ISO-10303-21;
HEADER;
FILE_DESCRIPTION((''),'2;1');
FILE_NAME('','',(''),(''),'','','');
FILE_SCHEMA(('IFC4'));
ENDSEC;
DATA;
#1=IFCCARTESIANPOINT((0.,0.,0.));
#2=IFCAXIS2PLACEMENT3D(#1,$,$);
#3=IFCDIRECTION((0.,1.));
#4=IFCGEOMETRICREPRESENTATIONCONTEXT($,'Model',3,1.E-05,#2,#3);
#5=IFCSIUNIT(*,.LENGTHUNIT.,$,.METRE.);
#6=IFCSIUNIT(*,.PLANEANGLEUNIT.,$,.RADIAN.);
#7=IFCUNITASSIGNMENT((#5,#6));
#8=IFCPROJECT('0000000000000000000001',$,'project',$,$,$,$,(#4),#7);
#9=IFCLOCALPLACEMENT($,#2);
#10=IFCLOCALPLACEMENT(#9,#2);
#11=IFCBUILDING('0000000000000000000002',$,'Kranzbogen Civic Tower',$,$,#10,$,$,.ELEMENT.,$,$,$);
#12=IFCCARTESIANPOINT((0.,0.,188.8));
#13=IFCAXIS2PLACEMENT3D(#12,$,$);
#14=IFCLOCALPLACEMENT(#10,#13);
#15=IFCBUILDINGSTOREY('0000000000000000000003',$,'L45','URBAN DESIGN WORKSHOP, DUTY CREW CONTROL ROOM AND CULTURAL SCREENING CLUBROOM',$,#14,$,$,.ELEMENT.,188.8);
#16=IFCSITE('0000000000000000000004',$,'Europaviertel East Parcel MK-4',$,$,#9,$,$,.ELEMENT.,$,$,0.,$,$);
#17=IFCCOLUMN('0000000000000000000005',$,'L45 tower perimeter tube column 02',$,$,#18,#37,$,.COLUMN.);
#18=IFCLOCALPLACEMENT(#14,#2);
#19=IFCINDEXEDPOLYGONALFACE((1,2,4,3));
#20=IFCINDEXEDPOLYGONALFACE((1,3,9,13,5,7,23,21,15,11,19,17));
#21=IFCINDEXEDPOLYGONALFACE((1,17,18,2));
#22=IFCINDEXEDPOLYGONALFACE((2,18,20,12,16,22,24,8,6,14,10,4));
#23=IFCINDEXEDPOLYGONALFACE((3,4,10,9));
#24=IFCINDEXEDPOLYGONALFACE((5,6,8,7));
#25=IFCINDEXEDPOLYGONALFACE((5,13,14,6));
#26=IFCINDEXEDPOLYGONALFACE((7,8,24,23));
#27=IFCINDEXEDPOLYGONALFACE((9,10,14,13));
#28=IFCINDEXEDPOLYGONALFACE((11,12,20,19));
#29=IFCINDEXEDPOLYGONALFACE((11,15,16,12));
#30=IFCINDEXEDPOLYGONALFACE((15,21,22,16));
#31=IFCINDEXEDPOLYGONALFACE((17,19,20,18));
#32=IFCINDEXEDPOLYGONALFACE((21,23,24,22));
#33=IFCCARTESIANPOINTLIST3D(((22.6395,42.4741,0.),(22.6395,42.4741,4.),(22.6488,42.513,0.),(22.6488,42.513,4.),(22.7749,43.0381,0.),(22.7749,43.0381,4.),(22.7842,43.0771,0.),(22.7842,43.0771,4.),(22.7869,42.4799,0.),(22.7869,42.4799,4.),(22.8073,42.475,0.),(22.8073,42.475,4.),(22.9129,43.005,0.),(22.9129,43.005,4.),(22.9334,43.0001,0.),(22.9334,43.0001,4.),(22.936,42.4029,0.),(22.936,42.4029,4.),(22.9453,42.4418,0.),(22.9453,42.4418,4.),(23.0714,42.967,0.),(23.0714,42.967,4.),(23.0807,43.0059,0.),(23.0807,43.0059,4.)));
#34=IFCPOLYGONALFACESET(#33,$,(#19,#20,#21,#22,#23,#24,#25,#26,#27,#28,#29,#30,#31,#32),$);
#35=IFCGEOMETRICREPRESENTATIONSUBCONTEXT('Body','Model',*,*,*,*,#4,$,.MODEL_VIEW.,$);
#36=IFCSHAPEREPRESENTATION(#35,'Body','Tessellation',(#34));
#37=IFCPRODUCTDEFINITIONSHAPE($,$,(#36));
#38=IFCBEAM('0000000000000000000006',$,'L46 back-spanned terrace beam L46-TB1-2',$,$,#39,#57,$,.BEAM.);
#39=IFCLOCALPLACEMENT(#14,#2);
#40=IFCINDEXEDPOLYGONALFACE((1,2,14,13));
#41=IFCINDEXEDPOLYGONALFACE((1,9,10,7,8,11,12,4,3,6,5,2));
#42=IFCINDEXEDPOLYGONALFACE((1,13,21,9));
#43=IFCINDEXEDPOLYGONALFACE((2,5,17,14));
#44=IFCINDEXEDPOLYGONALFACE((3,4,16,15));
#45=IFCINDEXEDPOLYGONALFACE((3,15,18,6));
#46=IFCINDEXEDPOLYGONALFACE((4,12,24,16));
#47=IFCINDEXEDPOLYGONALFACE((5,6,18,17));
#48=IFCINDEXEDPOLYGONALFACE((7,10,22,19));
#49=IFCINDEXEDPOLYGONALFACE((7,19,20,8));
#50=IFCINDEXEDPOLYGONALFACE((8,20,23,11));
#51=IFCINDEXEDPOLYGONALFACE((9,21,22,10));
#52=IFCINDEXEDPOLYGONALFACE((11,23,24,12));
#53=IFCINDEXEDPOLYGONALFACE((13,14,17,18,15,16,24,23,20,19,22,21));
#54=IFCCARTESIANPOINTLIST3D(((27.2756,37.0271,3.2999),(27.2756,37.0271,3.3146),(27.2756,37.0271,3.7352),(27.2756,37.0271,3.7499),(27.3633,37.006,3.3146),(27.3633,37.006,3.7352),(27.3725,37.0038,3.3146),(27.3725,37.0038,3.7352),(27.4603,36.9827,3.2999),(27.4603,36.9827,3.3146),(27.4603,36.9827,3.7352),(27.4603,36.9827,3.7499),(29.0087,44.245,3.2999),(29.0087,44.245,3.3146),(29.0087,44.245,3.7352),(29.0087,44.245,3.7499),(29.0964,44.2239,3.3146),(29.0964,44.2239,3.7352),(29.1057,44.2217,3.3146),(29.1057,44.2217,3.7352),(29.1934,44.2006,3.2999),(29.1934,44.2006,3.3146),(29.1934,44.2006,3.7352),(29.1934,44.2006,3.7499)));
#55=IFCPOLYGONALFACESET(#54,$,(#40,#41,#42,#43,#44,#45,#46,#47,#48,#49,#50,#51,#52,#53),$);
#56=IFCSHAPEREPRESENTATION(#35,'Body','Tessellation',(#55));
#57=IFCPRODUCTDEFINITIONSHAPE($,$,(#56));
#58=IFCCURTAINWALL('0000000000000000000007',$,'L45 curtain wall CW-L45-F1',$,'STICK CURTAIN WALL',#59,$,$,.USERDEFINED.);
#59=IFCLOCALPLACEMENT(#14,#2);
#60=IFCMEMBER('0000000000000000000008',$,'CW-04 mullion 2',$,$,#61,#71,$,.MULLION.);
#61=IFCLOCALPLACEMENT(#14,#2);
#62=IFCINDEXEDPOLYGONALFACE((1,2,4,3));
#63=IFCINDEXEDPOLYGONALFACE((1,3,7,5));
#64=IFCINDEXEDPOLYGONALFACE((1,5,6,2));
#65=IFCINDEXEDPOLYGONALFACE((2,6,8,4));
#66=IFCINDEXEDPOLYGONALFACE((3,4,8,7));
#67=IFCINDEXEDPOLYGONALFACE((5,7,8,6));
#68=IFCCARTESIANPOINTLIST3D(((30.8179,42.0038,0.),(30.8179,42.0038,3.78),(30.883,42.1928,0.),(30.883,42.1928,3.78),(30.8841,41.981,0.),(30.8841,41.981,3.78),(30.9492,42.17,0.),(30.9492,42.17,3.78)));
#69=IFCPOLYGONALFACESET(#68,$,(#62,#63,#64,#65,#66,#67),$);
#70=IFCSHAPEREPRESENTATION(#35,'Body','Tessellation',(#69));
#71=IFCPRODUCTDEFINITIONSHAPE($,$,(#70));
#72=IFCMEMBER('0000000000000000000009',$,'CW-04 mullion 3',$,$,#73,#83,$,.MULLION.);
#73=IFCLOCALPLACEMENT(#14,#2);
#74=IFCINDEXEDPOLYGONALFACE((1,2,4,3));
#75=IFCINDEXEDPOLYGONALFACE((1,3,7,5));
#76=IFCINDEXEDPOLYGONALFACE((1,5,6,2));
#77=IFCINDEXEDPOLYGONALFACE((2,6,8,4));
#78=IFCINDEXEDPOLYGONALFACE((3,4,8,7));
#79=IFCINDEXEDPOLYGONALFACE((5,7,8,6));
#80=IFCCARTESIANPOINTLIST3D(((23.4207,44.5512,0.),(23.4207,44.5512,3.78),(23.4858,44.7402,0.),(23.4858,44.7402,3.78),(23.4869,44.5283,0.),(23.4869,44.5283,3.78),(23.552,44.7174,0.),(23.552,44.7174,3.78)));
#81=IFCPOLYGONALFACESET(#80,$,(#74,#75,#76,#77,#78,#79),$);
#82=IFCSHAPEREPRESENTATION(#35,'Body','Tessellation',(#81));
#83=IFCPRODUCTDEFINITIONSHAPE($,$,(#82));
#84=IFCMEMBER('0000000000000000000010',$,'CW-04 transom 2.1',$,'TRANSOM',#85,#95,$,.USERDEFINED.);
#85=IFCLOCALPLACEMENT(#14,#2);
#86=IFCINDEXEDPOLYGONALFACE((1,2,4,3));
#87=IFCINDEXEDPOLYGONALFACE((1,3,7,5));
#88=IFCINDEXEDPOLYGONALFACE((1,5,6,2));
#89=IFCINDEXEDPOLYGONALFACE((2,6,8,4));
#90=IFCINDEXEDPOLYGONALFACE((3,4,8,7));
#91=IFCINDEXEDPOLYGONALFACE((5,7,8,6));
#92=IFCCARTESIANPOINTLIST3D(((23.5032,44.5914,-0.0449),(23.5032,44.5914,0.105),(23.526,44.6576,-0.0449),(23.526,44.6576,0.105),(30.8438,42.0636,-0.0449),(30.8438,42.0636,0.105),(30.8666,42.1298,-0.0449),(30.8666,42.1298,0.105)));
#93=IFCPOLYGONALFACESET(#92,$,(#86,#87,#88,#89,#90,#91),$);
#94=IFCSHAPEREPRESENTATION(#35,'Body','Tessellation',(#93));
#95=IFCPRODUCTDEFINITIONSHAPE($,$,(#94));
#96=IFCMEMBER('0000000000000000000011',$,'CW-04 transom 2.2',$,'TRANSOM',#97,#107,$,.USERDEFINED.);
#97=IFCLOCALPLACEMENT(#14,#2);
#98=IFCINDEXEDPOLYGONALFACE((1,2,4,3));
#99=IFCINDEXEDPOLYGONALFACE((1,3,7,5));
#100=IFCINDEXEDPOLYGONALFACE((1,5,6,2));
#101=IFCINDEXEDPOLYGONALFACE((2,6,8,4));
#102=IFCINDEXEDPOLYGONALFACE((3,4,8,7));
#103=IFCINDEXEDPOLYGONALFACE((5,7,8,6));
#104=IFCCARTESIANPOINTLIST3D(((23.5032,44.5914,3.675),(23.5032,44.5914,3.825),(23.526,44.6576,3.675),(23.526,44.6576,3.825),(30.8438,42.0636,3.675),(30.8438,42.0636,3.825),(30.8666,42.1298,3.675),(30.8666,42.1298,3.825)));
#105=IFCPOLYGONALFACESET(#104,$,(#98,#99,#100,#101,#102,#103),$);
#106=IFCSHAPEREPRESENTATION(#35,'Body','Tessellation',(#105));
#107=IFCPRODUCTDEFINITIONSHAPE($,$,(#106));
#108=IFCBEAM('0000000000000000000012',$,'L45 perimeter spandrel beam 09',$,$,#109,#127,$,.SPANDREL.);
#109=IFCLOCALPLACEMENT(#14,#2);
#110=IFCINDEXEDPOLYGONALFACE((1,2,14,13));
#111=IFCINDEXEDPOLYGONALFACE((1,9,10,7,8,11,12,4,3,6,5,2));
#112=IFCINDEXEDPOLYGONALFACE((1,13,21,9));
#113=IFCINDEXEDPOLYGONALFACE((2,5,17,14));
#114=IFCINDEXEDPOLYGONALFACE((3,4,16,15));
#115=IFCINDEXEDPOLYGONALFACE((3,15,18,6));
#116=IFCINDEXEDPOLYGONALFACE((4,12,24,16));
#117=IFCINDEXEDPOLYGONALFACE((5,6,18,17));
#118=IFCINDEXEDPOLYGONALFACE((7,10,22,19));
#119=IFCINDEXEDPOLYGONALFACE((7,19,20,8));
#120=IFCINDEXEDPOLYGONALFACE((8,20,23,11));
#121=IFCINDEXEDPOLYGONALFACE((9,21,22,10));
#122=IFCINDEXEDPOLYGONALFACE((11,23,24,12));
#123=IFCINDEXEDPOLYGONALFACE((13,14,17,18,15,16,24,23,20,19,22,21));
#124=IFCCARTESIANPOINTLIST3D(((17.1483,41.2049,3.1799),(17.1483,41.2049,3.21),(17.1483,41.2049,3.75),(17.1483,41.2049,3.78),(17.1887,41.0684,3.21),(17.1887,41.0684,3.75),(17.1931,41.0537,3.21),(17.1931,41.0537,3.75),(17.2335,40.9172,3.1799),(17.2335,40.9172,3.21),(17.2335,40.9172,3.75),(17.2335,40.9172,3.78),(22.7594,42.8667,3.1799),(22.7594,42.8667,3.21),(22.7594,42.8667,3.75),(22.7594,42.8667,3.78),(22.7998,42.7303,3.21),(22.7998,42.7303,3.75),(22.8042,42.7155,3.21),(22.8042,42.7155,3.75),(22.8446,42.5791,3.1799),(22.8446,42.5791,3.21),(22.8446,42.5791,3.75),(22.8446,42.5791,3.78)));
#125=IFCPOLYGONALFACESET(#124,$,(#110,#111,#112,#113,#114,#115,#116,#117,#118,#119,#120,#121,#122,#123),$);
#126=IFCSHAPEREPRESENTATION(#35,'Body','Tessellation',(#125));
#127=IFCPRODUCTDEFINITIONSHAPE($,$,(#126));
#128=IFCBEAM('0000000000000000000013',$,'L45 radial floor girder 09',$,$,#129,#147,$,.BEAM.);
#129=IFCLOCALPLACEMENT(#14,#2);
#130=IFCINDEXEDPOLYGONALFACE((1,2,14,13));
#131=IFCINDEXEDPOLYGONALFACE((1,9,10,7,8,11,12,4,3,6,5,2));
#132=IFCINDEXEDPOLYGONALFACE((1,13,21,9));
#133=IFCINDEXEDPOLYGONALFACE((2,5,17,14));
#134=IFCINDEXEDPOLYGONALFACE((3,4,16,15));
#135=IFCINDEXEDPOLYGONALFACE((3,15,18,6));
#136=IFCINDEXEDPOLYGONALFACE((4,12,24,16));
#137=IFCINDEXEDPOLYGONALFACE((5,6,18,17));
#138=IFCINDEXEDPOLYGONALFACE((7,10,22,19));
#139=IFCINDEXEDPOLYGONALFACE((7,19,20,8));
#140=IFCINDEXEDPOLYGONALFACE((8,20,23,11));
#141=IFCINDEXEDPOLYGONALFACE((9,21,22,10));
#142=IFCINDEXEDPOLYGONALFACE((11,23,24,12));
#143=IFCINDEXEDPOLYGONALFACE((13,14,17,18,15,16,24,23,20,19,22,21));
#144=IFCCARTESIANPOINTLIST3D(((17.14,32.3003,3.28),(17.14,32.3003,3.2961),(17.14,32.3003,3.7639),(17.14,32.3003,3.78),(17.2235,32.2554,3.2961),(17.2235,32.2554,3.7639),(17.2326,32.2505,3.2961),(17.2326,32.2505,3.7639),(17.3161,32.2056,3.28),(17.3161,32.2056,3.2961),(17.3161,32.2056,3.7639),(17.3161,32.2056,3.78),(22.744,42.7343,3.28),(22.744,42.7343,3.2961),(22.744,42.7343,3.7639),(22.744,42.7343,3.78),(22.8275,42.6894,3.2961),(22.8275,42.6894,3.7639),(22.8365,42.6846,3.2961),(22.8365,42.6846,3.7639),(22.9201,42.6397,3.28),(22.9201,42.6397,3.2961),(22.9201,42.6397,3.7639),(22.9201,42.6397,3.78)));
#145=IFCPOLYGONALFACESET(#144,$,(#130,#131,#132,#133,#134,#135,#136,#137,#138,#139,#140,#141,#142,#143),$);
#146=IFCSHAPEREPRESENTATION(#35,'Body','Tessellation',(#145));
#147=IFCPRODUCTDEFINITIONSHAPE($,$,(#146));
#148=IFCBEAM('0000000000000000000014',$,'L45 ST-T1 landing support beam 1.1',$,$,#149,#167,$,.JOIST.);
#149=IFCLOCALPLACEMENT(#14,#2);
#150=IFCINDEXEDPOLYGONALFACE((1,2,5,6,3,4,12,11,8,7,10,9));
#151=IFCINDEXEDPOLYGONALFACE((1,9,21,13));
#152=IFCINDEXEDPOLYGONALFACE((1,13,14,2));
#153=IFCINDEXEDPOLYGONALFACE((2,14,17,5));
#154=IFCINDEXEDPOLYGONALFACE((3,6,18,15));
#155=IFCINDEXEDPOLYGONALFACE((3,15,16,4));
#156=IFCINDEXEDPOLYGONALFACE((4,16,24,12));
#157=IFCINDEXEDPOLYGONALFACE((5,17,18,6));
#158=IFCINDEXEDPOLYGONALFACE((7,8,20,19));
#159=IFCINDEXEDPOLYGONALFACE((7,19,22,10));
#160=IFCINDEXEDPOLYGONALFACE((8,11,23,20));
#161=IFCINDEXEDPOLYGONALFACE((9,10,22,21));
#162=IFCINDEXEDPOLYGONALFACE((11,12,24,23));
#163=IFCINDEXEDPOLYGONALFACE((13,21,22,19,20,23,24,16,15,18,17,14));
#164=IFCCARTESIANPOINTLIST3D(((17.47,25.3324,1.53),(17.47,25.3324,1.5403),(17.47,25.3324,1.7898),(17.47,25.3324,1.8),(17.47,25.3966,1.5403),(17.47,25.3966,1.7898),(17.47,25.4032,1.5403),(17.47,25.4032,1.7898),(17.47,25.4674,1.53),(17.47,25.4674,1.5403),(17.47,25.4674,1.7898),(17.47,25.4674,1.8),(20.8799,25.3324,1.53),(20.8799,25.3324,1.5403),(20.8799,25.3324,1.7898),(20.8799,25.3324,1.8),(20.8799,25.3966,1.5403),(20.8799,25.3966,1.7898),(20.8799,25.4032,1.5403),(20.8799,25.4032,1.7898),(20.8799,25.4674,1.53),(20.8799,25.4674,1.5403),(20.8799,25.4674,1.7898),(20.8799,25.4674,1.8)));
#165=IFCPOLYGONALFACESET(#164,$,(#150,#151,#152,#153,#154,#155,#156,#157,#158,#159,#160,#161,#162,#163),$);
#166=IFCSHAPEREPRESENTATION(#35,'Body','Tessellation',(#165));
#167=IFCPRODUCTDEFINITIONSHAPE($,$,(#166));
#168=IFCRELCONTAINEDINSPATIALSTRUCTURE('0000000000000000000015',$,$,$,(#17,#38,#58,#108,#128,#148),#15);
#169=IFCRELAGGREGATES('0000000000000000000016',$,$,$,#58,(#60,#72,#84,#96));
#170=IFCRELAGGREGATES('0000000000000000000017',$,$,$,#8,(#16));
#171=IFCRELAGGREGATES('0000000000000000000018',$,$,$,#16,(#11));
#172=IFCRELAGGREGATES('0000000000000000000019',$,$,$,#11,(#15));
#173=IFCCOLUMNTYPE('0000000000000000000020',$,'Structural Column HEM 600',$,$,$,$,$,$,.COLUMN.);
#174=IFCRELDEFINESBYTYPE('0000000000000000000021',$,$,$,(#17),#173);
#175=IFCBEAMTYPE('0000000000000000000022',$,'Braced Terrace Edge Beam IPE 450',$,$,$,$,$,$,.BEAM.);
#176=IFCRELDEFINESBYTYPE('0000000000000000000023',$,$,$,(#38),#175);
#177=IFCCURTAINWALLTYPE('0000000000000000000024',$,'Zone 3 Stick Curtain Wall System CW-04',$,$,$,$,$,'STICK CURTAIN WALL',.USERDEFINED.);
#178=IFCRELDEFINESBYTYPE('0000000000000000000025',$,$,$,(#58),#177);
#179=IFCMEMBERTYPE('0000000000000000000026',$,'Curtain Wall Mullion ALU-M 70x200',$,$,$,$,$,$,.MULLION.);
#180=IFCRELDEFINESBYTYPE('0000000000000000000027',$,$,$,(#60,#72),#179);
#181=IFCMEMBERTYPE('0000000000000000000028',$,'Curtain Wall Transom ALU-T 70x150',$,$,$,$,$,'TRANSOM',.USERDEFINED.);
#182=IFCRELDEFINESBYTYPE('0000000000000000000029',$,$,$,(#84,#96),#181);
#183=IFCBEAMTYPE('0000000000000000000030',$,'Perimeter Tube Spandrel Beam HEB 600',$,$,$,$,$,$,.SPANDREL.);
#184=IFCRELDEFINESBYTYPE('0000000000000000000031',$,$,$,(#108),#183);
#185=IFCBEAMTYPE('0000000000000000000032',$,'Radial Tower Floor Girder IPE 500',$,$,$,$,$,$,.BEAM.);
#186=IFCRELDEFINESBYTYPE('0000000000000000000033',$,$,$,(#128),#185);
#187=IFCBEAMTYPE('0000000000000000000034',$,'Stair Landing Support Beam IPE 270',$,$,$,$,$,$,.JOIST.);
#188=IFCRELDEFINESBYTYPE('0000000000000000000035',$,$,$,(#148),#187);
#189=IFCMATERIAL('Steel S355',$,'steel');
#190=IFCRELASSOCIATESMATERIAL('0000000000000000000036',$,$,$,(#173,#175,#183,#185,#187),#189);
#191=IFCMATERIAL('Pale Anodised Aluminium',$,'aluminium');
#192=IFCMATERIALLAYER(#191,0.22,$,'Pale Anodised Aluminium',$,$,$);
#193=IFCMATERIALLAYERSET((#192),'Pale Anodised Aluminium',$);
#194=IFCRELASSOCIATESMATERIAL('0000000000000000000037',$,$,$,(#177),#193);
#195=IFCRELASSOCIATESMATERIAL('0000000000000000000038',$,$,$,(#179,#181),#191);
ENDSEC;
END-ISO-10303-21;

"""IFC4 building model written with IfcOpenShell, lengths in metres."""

from ifc_helpers import new_model, si_unit, direction, frame, origin, origin_2d, place, context, subcontext, project, spatial, rectangle, i_section, extrude, material, layer, layer_set, material_profile, profile_set, type_object, element, aggregate, save


model = new_model("IFC4")

# Units and contexts
model_context = context("Model", 3, precision=1e-05, world=origin(), true_north=direction((0.0, 1.0)))
body_context = subcontext(model_context, "Body", "Model", "MODEL_VIEW")
ifc_project = project(units=[si_unit("LENGTHUNIT", "METRE"), si_unit("PLANEANGLEUNIT", "RADIAN")], contexts=[model_context])

# Site, building, storey
site_placement = place(None, origin())
site = spatial("IfcSite", under=ifc_project, at=site_placement, Name="Europaviertel East Parcel MK-4", CompositionType="ELEMENT", RefElevation=0.0)
building_placement = place(site_placement, origin())
building = spatial("IfcBuilding", under=site, at=building_placement, Name="Kranzbogen Civic Tower", CompositionType="ELEMENT")
storey_placement = place(building_placement, frame((0.0, 0.0, 188.8)))
storey = spatial("IfcBuildingStorey", under=building, at=storey_placement, Name="L45", Description="URBAN DESIGN WORKSHOP, DUTY CREW CONTROL ROOM AND CULTURAL SCREENING CLUBROOM", CompositionType="ELEMENT", Elevation=188.8)

# Column
ifc_material_1 = material(Name="Steel S355", Category="steel")
ifc_material_profile_1 = material_profile(ifc_material_1, i_section(OverallWidth=0.3049, OverallDepth=0.6201, WebThickness=0.021, FlangeThickness=0.04, at=origin_2d()), Name="HEM 600")
ifc_profile_set_1 = profile_set([ifc_material_profile_1], Name="Steel S355")
column_type = type_object("IfcColumnType", Name="Structural Column HEM 600", PredefinedType="COLUMN", material=ifc_profile_set_1)
column_placement = place(storey_placement, frame((22.8601, 42.74, 0.0), z_axis=(0.0, 0.0, 1.0), x_axis=(-0.97237, 0.233445, 0.0)))
element("IfcColumn", 1, at=column_placement, inside=storey, type_object=column_type, Name="L45 tower perimeter tube column 02", PredefinedType="COLUMN", context=body_context, shape_type="SweptSolid", body=[
    extrude(i_section(OverallWidth=0.3049, OverallDepth=0.6201, WebThickness=0.021, FlangeThickness=0.04, at=origin_2d()), origin(), (0.0, 0.0, 1.0), 4.0),
])

# Beam
ifc_material_profile_2 = material_profile(ifc_material_1, i_section(OverallWidth=0.1899, OverallDepth=0.45, WebThickness=0.0095, FlangeThickness=0.0146, at=origin_2d()), Name="IPE 450")
ifc_profile_set_2 = profile_set([ifc_material_profile_2], Name="Steel S355")
beam_type_1 = type_object("IfcBeamType", Name="Braced Terrace Edge Beam IPE 450", PredefinedType="BEAM", material=ifc_profile_set_2)
beam_1_placement = place(storey_placement, frame((27.3679, 37.0049, 3.5249), z_axis=(0.233479, 0.972362, 0.0), x_axis=(-0.972362, 0.233479, 0.0)))
element("IfcBeam", 2, at=beam_1_placement, inside=storey, type_object=beam_type_1, Name="L46 back-spanned terrace beam L46-TB1-2", PredefinedType="BEAM", context=body_context, shape_type="SweptSolid", body=[
    extrude(i_section(OverallWidth=0.1899, OverallDepth=0.45, WebThickness=0.0095, FlangeThickness=0.0146, at=origin_2d()), origin(), (0.0, 0.0, 1.0), 7.4231),
])

# Curtain wall, members
ifc_material_2 = material(Name="Pale Anodised Aluminium", Category="aluminium")
ifc_layer_1 = layer(ifc_material_2, 0.22, Name="Pale Anodised Aluminium")
ifc_layer_set_1 = layer_set([ifc_layer_1], Name="Pale Anodised Aluminium")
curtain_wall_type = type_object("IfcCurtainWallType", Name="Zone 3 Stick Curtain Wall System CW-04", ElementType="STICK CURTAIN WALL", PredefinedType="USERDEFINED", material=ifc_layer_set_1)
curtain_wall_placement = place(storey_placement, origin())
curtain_wall = element("IfcCurtainWall", 3, at=curtain_wall_placement, inside=storey, type_object=curtain_wall_type, Name="L45 curtain wall CW-L45-F1", ObjectType="STICK CURTAIN WALL", PredefinedType="USERDEFINED")
ifc_material_profile_3 = material_profile(ifc_material_2, rectangle(XDim=0.0701, YDim=0.2, at=origin_2d()), Name="ALU-M 70x200")
ifc_profile_set_3 = profile_set([ifc_material_profile_3], Name="Pale Anodised Aluminium")
member_type_1 = type_object("IfcMemberType", Name="Curtain Wall Mullion ALU-M 70x200", PredefinedType="MULLION", material=ifc_profile_set_3)
member_1_placement = place(storey_placement, frame((30.8835, 42.0869, 0.0), z_axis=(0.0, 0.0, 1.0), x_axis=(-0.945511, 0.32559, 0.0)))
member_1 = element("IfcMember", 4, at=member_1_placement, type_object=member_type_1, Name="CW-04 mullion 2", PredefinedType="MULLION", context=body_context, shape_type="SweptSolid", body=[
    extrude(rectangle(XDim=0.0701, YDim=0.2, at=origin_2d()), origin(), (0.0, 0.0, 1.0), 3.78),
])
member_2_placement = place(storey_placement, frame((23.4863, 44.6343, 0.0), z_axis=(0.0, 0.0, 1.0), x_axis=(-0.945511, 0.32559, 0.0)))
member_2 = element("IfcMember", 5, at=member_2_placement, type_object=member_type_1, Name="CW-04 mullion 3", PredefinedType="MULLION", context=body_context, shape_type="SweptSolid", body=[
    extrude(rectangle(XDim=0.0701, YDim=0.2, at=origin_2d()), origin(), (0.0, 0.0, 1.0), 3.78),
])
ifc_material_profile_4 = material_profile(ifc_material_2, rectangle(XDim=0.0701, YDim=0.1499, at=origin_2d()), Name="ALU-T 70x150")
ifc_profile_set_4 = profile_set([ifc_material_profile_4], Name="Pale Anodised Aluminium")
member_type_2 = type_object("IfcMemberType", Name="Curtain Wall Transom ALU-T 70x150", ElementType="TRANSOM", PredefinedType="USERDEFINED", material=ifc_profile_set_4)
member_3_placement = place(storey_placement, frame((30.8552, 42.0967, 0.03), z_axis=(-0.945508, 0.325599, 0.0), x_axis=(-0.325599, -0.945508, 0.0)))
member_3 = element("IfcMember", 6, at=member_3_placement, type_object=member_type_2, Name="CW-04 transom 2.1", ObjectType="TRANSOM", PredefinedType="USERDEFINED", context=body_context, shape_type="SweptSolid", body=[
    extrude(rectangle(XDim=0.0701, YDim=0.1499, at=origin_2d()), origin(), (0.0, 0.0, 1.0), 7.7637),
])
member_4_placement = place(storey_placement, frame((30.8552, 42.0967, 3.75), z_axis=(-0.945508, 0.325599, 0.0), x_axis=(-0.325599, -0.945508, 0.0)))
member_4 = element("IfcMember", 7, at=member_4_placement, type_object=member_type_2, Name="CW-04 transom 2.2", ObjectType="TRANSOM", PredefinedType="USERDEFINED", context=body_context, shape_type="SweptSolid", body=[
    extrude(rectangle(XDim=0.0701, YDim=0.1499, at=origin_2d()), origin(), (0.0, 0.0, 1.0), 7.7637),
])

# Beams
ifc_material_profile_5 = material_profile(ifc_material_1, i_section(OverallWidth=0.3, OverallDepth=0.6001, WebThickness=0.0154, FlangeThickness=0.03, at=origin_2d()), Name="HEB 600")
ifc_profile_set_5 = profile_set([ifc_material_profile_5], Name="Steel S355")
beam_type_2 = type_object("IfcBeamType", Name="Perimeter Tube Spandrel Beam HEB 600", PredefinedType="SPANDREL", material=ifc_profile_set_5)
beam_2_placement = place(storey_placement, frame((22.802, 42.7229, 3.48), z_axis=(-0.95883, -0.283982, 0.0), x_axis=(0.283982, -0.95883, 0.0)))
element("IfcBeam", 8, at=beam_2_placement, inside=storey, type_object=beam_type_2, Name="L45 perimeter spandrel beam 09", PredefinedType="SPANDREL", context=body_context, shape_type="SweptSolid", body=[
    extrude(i_section(OverallWidth=0.3, OverallDepth=0.6001, WebThickness=0.0154, FlangeThickness=0.03, at=origin_2d()), origin(), (0.0, 0.0, 1.0), 5.8521),
])
ifc_material_profile_6 = material_profile(ifc_material_1, i_section(OverallWidth=0.2, OverallDepth=0.5, WebThickness=0.0103, FlangeThickness=0.0161, at=origin_2d()), Name="IPE 500")
ifc_profile_set_6 = profile_set([ifc_material_profile_6], Name="Steel S355")
beam_type_3 = type_object("IfcBeamType", Name="Radial Tower Floor Girder IPE 500", PredefinedType="BEAM", material=ifc_profile_set_6)
beam_3_placement = place(storey_placement, frame((22.832, 42.687, 3.53), z_axis=(-0.47316, -0.880976, 0.0), x_axis=(0.880976, -0.47316, 0.0)))
element("IfcBeam", 9, at=beam_3_placement, inside=storey, type_object=beam_type_3, Name="L45 radial floor girder 09", PredefinedType="BEAM", context=body_context, shape_type="SweptSolid", body=[
    extrude(i_section(OverallWidth=0.2, OverallDepth=0.5, WebThickness=0.0103, FlangeThickness=0.0161, at=origin_2d()), origin(), (0.0, 0.0, 1.0), 11.8438),
])
ifc_material_profile_7 = material_profile(ifc_material_1, i_section(OverallWidth=0.135, OverallDepth=0.27, WebThickness=0.0066, FlangeThickness=0.0103, at=origin_2d()), Name="IPE 270")
ifc_profile_set_7 = profile_set([ifc_material_profile_7], Name="Steel S355")
beam_type_4 = type_object("IfcBeamType", Name="Stair Landing Support Beam IPE 270", PredefinedType="JOIST", material=ifc_profile_set_7)
for number, where, z_axis, x_axis, name in (
    (10, (20.8799, 25.3999, 1.665), (-1.0, 0.0, 0.0), (0.0, -1.0, 0.0), "L45 ST-T1 landing support beam 1.1"),
):
    element("IfcBeam", number, at=place(storey_placement, frame(where, z_axis=z_axis, x_axis=x_axis)), inside=storey, type_object=beam_type_4, Name=name, PredefinedType="JOIST", context=body_context, shape_type="SweptSolid", body=[
        extrude(i_section(OverallWidth=0.135, OverallDepth=0.27, WebThickness=0.0066, FlangeThickness=0.0103, at=origin_2d()), origin(), (0.0, 0.0, 1.0), 3.4099),
    ])

aggregate(curtain_wall, [member_1, member_2, member_3, member_4])

save(model, "model.ifc")
